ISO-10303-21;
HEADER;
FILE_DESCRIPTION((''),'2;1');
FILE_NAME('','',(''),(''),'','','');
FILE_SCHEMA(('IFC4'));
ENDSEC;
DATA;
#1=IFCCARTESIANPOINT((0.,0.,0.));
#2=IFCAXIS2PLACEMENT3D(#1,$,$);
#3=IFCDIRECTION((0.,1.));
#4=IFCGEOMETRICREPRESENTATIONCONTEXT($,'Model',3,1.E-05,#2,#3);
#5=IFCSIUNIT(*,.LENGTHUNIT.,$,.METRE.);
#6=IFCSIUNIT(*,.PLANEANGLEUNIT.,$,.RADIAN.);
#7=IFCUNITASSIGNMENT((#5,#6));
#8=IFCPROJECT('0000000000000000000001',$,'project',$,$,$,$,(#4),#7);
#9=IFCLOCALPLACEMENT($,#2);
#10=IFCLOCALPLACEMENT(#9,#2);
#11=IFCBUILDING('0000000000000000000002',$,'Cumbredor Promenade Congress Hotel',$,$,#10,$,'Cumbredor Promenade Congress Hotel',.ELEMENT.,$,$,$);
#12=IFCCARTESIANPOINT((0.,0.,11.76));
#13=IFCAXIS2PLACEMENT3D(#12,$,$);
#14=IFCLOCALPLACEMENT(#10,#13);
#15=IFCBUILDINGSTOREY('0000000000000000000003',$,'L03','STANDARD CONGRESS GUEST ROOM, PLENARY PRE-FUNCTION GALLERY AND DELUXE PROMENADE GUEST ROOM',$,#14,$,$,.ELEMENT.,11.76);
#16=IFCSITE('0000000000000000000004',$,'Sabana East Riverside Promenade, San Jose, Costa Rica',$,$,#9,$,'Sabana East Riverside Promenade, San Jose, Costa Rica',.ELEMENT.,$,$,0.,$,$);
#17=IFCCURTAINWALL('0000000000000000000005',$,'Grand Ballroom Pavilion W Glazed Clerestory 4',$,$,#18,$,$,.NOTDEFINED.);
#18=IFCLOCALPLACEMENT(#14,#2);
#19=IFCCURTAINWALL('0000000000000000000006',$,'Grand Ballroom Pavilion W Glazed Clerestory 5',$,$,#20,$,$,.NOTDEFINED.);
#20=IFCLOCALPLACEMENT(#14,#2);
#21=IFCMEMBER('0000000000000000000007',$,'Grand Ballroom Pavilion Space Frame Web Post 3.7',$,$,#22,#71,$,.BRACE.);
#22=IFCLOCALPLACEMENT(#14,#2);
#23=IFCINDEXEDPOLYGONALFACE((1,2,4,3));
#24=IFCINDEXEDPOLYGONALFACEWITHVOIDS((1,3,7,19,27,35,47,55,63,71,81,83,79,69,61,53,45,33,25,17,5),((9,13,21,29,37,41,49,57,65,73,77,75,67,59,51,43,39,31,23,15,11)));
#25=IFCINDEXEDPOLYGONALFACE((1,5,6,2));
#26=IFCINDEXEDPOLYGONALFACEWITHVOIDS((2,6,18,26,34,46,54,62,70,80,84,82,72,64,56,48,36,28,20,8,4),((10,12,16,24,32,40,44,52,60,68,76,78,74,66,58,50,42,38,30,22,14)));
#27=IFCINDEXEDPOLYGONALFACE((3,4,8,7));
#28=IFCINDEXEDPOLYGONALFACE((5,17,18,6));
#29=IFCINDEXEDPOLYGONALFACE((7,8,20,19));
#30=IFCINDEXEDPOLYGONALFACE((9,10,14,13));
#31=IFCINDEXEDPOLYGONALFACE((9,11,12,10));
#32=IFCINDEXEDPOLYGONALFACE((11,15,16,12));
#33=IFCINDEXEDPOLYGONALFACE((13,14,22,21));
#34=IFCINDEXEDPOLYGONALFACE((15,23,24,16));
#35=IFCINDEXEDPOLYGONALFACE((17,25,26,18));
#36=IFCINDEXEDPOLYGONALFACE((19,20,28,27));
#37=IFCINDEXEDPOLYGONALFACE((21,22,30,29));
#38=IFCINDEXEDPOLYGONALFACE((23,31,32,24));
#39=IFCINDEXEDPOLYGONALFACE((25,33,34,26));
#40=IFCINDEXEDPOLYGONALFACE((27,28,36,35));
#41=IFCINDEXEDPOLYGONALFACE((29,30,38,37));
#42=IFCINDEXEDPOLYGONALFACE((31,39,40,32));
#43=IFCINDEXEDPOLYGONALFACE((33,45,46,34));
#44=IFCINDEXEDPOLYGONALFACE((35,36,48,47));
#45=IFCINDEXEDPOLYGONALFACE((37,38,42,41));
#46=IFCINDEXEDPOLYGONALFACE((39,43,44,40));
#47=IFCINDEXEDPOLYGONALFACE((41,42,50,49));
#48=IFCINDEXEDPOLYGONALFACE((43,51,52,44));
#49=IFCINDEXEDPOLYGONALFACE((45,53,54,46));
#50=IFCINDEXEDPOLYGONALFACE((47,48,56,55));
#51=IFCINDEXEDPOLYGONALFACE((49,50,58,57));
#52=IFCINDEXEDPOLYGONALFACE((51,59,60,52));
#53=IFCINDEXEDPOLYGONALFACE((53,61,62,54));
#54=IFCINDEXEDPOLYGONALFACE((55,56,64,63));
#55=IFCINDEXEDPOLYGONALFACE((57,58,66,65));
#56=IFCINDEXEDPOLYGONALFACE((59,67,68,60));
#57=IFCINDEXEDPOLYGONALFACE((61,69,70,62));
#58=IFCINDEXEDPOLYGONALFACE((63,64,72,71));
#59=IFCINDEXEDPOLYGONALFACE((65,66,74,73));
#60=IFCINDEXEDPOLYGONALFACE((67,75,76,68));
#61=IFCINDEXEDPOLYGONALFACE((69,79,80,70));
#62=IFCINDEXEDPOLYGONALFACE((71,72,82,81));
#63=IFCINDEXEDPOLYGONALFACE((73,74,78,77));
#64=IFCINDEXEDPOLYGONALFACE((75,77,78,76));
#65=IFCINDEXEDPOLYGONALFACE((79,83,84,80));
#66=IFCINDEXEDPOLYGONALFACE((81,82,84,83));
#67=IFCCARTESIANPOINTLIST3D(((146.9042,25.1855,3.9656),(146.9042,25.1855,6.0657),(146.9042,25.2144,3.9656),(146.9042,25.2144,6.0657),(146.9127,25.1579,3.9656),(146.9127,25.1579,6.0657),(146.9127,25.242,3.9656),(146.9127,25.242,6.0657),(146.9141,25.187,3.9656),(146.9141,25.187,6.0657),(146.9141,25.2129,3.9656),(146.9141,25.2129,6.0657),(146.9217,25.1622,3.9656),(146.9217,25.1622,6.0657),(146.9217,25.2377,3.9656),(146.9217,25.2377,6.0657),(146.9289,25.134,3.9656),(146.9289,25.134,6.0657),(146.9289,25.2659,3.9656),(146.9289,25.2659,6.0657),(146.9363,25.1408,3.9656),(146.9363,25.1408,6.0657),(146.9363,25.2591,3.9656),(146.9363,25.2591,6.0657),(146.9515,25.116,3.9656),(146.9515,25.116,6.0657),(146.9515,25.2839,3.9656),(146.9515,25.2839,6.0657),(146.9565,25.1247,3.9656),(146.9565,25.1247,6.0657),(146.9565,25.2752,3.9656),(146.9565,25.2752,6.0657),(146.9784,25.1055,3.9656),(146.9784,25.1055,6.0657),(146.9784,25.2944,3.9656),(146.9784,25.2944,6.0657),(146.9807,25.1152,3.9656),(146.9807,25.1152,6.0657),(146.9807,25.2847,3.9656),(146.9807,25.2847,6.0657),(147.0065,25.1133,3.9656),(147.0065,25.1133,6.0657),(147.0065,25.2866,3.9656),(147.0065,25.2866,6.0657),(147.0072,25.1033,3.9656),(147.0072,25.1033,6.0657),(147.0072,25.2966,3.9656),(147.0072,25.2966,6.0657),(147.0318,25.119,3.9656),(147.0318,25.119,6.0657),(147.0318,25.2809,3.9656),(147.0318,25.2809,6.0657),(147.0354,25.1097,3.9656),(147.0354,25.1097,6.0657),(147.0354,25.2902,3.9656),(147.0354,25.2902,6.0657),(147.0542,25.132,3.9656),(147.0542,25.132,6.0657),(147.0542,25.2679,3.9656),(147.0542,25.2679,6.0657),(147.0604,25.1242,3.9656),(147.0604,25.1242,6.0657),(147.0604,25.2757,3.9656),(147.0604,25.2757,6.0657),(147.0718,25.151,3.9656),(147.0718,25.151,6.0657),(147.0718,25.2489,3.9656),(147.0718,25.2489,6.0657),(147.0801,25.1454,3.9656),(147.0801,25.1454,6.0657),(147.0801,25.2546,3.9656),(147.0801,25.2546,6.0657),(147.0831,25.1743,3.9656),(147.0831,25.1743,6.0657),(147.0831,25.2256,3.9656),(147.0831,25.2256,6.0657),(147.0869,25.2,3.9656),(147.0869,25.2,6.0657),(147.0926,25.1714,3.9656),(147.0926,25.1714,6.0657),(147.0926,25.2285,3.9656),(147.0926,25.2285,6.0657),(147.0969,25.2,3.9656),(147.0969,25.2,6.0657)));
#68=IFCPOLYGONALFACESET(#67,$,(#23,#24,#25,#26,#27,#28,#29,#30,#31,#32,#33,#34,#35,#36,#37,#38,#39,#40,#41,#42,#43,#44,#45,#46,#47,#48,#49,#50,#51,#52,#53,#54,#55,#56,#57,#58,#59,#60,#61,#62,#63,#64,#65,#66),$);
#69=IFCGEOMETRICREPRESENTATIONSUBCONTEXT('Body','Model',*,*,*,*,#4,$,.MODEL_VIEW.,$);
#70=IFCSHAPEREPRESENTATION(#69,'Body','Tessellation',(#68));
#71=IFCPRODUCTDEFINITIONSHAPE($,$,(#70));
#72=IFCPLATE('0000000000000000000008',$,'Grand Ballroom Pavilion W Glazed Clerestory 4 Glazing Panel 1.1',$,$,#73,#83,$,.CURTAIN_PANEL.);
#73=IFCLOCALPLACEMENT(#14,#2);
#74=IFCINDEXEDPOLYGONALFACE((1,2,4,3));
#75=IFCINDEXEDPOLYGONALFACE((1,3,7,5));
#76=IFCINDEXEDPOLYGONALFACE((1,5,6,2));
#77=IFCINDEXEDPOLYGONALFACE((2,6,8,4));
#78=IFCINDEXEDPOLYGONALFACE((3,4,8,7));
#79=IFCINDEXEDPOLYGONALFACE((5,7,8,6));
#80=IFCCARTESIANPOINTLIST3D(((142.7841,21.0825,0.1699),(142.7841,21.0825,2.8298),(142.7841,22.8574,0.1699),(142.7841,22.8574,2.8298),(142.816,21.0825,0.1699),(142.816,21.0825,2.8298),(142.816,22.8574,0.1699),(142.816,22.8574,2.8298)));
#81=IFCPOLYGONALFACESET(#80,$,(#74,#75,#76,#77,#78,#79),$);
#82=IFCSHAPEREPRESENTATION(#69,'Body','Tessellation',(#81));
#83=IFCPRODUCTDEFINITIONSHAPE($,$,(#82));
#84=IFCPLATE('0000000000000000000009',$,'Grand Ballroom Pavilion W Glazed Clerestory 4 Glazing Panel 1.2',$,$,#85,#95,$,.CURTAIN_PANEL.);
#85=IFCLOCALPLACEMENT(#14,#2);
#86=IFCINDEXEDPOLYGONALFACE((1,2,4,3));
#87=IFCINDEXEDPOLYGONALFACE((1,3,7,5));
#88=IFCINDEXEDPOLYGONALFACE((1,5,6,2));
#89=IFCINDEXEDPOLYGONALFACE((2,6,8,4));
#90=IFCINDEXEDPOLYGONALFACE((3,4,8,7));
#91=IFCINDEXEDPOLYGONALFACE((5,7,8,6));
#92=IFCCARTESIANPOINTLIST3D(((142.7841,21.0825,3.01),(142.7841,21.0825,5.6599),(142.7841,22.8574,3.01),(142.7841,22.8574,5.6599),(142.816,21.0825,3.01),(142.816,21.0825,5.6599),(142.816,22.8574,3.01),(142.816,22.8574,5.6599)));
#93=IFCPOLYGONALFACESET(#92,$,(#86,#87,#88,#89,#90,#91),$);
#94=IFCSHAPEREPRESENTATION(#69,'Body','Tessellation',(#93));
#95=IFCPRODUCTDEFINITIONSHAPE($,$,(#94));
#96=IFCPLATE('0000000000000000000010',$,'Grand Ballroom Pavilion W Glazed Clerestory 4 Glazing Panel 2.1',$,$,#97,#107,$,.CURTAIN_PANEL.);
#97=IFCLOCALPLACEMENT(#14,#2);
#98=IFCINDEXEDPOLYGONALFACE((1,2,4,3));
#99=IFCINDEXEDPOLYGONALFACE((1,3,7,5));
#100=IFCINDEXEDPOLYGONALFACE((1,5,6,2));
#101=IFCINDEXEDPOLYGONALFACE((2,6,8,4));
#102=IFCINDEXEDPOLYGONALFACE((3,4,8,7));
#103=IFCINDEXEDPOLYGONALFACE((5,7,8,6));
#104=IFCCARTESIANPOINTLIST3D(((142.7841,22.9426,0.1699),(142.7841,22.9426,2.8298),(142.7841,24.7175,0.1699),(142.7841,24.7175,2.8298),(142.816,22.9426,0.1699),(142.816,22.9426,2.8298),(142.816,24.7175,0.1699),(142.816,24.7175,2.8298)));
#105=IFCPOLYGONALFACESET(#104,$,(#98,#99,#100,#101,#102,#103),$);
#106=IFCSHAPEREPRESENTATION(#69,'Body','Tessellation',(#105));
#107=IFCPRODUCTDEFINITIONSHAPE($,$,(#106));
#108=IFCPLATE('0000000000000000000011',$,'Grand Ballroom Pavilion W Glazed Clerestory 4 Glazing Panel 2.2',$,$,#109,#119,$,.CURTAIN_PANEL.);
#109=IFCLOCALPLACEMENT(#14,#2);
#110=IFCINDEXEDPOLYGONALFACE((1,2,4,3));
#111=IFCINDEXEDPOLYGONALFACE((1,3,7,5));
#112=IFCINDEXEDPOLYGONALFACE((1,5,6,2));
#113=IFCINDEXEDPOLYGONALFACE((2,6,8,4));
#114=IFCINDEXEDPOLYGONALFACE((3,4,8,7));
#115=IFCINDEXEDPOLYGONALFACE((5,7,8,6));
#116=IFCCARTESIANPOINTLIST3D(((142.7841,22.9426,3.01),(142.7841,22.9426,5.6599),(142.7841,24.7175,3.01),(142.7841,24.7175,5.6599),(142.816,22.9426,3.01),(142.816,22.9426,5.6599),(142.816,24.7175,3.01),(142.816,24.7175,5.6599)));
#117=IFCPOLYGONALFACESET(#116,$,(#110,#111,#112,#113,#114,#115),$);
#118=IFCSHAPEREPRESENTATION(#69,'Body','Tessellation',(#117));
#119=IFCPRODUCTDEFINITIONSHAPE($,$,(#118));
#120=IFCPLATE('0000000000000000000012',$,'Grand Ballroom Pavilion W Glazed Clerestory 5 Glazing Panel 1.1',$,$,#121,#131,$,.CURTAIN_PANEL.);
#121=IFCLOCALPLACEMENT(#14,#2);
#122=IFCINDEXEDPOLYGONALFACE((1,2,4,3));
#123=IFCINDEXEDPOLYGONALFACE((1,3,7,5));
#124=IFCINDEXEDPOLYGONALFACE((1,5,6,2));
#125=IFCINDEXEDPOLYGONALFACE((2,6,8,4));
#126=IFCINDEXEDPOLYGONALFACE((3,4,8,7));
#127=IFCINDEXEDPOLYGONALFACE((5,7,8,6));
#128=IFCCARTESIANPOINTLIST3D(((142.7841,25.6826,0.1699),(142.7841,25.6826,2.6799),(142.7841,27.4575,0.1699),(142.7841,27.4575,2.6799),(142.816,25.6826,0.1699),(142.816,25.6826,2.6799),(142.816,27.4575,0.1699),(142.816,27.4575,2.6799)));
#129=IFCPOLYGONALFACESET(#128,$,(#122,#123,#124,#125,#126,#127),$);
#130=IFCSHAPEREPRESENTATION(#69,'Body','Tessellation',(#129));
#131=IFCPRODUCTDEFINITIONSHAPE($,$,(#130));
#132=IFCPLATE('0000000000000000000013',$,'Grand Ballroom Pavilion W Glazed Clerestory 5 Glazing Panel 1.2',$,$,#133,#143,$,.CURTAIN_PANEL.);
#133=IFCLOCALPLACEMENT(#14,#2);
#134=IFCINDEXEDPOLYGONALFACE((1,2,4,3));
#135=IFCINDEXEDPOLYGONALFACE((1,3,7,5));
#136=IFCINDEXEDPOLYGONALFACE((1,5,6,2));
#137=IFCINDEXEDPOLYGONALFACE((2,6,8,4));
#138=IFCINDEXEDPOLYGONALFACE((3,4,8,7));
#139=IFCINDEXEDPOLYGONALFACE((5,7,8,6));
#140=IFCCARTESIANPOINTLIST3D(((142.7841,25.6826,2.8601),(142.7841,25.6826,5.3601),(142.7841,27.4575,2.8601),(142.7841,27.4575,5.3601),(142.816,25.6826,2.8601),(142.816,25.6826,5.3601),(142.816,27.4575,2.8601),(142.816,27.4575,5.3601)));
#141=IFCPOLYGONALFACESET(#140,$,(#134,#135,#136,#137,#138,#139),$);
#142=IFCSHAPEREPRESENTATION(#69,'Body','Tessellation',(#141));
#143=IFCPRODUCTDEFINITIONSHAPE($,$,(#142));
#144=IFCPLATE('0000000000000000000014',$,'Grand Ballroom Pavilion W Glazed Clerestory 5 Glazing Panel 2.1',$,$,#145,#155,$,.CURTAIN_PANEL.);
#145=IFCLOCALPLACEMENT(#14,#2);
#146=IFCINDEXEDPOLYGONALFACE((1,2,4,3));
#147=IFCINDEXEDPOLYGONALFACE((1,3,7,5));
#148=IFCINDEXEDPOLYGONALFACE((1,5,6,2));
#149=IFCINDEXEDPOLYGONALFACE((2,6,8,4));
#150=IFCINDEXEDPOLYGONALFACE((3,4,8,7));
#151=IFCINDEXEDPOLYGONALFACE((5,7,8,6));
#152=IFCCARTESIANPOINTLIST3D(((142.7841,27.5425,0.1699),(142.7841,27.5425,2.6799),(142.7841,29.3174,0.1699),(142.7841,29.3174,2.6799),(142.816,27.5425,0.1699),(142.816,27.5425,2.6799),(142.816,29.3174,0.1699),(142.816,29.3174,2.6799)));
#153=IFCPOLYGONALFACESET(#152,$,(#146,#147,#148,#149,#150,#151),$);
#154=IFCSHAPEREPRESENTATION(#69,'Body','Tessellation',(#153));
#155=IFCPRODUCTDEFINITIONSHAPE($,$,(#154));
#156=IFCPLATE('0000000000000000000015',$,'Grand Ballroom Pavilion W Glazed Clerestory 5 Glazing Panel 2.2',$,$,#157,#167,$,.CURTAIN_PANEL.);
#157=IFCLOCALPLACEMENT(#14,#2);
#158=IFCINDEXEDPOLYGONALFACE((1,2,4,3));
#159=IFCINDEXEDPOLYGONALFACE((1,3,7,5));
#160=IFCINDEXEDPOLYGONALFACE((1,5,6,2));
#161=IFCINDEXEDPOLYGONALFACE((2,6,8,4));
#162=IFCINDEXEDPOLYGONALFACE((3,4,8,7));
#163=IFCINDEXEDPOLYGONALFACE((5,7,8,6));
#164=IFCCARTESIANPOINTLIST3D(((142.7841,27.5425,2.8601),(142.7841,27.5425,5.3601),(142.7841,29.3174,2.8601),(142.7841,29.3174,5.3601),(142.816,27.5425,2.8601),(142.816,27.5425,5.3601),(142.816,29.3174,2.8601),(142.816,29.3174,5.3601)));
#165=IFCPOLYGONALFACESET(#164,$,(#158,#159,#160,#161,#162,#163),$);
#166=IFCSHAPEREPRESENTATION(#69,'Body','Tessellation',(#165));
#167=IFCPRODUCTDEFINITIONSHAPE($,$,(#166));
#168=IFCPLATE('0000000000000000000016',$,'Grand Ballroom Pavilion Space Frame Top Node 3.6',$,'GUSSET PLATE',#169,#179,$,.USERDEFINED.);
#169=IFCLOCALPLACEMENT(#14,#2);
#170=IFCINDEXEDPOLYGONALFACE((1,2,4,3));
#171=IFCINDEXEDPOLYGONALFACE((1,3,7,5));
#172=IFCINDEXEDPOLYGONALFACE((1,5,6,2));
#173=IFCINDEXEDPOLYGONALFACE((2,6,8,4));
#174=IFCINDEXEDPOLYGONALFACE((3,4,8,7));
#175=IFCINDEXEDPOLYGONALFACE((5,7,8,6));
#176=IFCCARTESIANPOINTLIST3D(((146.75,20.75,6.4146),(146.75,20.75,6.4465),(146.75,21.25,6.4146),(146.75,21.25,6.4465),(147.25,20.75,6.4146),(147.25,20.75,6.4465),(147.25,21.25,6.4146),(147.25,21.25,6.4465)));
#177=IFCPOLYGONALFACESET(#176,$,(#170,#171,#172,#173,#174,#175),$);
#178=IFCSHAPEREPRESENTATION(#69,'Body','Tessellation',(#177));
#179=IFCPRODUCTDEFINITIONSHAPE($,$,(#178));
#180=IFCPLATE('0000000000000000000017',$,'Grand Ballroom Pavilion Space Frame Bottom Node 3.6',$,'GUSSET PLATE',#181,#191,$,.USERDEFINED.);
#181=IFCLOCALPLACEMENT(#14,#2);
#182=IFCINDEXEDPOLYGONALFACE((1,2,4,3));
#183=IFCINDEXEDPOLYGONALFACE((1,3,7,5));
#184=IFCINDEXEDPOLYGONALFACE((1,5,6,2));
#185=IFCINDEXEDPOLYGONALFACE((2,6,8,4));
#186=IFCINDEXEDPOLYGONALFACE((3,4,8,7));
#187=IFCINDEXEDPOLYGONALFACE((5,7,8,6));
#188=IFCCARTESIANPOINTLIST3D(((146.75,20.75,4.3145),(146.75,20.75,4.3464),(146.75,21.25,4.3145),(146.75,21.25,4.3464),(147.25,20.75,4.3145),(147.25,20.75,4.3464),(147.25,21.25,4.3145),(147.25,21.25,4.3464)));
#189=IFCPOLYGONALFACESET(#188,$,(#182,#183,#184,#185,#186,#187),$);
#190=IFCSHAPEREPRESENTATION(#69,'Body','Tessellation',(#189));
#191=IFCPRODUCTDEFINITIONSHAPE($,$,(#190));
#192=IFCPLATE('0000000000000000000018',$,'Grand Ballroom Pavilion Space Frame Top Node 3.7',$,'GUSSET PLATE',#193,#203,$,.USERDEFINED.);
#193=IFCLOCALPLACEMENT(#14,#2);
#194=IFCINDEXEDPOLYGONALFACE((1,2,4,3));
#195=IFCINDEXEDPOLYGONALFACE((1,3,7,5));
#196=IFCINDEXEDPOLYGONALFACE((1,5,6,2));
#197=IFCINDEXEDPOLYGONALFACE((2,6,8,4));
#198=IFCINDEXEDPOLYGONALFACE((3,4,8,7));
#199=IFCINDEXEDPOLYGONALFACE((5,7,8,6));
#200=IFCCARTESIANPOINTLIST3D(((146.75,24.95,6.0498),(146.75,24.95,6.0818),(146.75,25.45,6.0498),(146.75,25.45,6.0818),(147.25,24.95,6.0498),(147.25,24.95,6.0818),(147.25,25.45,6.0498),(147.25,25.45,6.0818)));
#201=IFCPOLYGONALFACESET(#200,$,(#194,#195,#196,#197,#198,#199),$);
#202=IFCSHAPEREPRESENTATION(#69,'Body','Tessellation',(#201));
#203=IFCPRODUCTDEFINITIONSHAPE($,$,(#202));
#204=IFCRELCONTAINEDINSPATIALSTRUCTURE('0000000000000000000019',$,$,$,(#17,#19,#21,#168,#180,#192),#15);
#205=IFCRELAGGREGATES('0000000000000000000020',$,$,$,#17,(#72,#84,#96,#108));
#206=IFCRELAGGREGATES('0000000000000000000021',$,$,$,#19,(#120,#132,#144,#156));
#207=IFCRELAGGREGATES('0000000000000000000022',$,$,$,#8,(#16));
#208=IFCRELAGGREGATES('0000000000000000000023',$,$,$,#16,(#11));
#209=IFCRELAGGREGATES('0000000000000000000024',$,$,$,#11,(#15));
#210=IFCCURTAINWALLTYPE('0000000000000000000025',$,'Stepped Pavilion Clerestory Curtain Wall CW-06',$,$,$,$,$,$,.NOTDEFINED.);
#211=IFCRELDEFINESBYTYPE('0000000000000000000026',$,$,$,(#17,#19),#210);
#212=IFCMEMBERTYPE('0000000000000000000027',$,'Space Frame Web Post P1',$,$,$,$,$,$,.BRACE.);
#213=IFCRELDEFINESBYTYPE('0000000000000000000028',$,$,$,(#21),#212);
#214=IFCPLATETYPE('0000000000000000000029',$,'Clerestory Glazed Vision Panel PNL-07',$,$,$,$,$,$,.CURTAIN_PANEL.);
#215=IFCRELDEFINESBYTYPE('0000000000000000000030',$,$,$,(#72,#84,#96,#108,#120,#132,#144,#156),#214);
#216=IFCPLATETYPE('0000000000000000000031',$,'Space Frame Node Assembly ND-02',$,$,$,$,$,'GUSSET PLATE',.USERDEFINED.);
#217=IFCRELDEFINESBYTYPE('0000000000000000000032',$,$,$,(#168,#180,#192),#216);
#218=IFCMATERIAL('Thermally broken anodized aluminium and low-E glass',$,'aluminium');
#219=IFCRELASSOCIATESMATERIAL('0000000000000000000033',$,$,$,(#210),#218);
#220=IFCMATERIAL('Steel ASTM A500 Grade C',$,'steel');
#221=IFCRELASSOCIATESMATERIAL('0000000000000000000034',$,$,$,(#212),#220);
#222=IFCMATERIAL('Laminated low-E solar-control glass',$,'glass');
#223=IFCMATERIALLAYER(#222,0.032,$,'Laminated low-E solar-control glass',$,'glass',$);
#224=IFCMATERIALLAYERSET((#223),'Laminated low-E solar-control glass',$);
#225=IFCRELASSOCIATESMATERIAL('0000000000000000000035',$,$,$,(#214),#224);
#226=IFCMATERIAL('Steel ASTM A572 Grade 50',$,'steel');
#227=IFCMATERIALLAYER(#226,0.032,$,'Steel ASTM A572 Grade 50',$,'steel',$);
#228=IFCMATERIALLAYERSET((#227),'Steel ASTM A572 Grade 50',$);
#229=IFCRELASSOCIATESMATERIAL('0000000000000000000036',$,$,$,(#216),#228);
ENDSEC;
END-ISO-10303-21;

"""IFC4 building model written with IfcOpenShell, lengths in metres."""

from ifc_helpers import new_model, si_unit, direction, frame, origin, origin_2d, place, context, subcontext, project, spatial, rectangle, hollow_circle, extrude, material, layer, layer_set, material_profile, profile_set, type_object, element, aggregate, save


model = new_model("IFC4")

# Units and contexts
model_context = context("Model", 3, precision=1e-05, world=origin(), true_north=direction((0.0, 1.0)))
body_context = subcontext(model_context, "Body", "Model", "MODEL_VIEW")
ifc_project = project(units=[si_unit("LENGTHUNIT", "METRE"), si_unit("PLANEANGLEUNIT", "RADIAN")], contexts=[model_context])

# Site, building, storey
site_placement = place(None, origin())
site = spatial("IfcSite", under=ifc_project, at=site_placement, Name="Sabana East Riverside Promenade, San Jose, Costa Rica", LongName="Sabana East Riverside Promenade, San Jose, Costa Rica", CompositionType="ELEMENT", RefElevation=0.0)
building_placement = place(site_placement, origin())
building = spatial("IfcBuilding", under=site, at=building_placement, Name="Cumbredor Promenade Congress Hotel", LongName="Cumbredor Promenade Congress Hotel", CompositionType="ELEMENT")
storey_placement = place(building_placement, frame((0.0, 0.0, 11.76)))
storey = spatial("IfcBuildingStorey", under=building, at=storey_placement, Name="L03", Description="STANDARD CONGRESS GUEST ROOM, PLENARY PRE-FUNCTION GALLERY AND DELUXE PROMENADE GUEST ROOM", CompositionType="ELEMENT", Elevation=11.76)

# Shared definitions
ifc_material_1 = material(Name="Steel ASTM A500 Grade C", Category="steel")

# Curtain wall
ifc_material_2 = material(Name="Thermally broken anodized aluminium and low-E glass", Category="aluminium")
curtain_wall_type = type_object("IfcCurtainWallType", Name="Stepped Pavilion Clerestory Curtain Wall CW-06", PredefinedType="NOTDEFINED", material=ifc_material_2)
curtain_wall_1_placement = place(storey_placement, origin())
curtain_wall_1 = element("IfcCurtainWall", 1, at=curtain_wall_1_placement, inside=storey, type_object=curtain_wall_type, Name="Grand Ballroom Pavilion W Glazed Clerestory 4", PredefinedType="NOTDEFINED")

# Curtain wall
curtain_wall_2_placement = place(storey_placement, origin())
curtain_wall_2 = element("IfcCurtainWall", 2, at=curtain_wall_2_placement, inside=storey, type_object=curtain_wall_type, Name="Grand Ballroom Pavilion W Glazed Clerestory 5", PredefinedType="NOTDEFINED")

# Member
ifc_material_profile_1 = material_profile(ifc_material_1, hollow_circle(Radius=0.0969, WallThickness=0.01, at=origin_2d()), Name="CHS 193.7x10")
ifc_profile_set_1 = profile_set([ifc_material_profile_1], Name="Steel ASTM A500 Grade C")
member_type_1 = type_object("IfcMemberType", Name="Space Frame Web Post P1", PredefinedType="BRACE", material=ifc_profile_set_1)
for number, where, z_axis, x_axis, name in (
    (3, (147.0, 25.2, 3.9656), (0.0, 0.0, 1.0), (1.0, 0.0, 0.0), "Grand Ballroom Pavilion Space Frame Web Post 3.7"),
):
    element("IfcMember", number, at=place(storey_placement, frame(where, z_axis=z_axis, x_axis=x_axis)), inside=storey, type_object=member_type_1, Name=name, PredefinedType="BRACE", context=body_context, shape_type="SweptSolid", body=[
        extrude(hollow_circle(Radius=0.0969, WallThickness=0.01, at=origin_2d()), origin(), (0.0, 0.0, 1.0), 2.1001),
    ])

# Plates
ifc_material_3 = material(Name="Laminated low-E solar-control glass", Category="glass")
ifc_layer_1 = layer(ifc_material_3, 0.032, Name="Laminated low-E solar-control glass", Category="glass")
ifc_layer_set_1 = layer_set([ifc_layer_1], Name="Laminated low-E solar-control glass")
plate_type_1 = type_object("IfcPlateType", Name="Clerestory Glazed Vision Panel PNL-07", PredefinedType="CURTAIN_PANEL", material=ifc_layer_set_1)
plate_1_placement = place(storey_placement, frame((142.8, 21.97, 0.1699), z_axis=(0.0, 0.0, 1.0), x_axis=(0.0, 1.0, 0.0)))
plate_1 = element("IfcPlate", 4, at=plate_1_placement, type_object=plate_type_1, Name="Grand Ballroom Pavilion W Glazed Clerestory 4 Glazing Panel 1.1", PredefinedType="CURTAIN_PANEL", context=body_context, shape_type="SweptSolid", body=[
    extrude(rectangle(XDim=1.7749, YDim=0.032, at=origin_2d()), origin(), (0.0, 0.0, 1.0), 2.6599),
])
plate_2_placement = place(storey_placement, frame((142.8, 21.97, 3.01), z_axis=(0.0, 0.0, 1.0), x_axis=(0.0, 1.0, 0.0)))
plate_2 = element("IfcPlate", 5, at=plate_2_placement, type_object=plate_type_1, Name="Grand Ballroom Pavilion W Glazed Clerestory 4 Glazing Panel 1.2", PredefinedType="CURTAIN_PANEL", context=body_context, shape_type="SweptSolid", body=[
    extrude(rectangle(XDim=1.7749, YDim=0.032, at=origin_2d()), origin(), (0.0, 0.0, 1.0), 2.6499),
])
plate_3_placement = place(storey_placement, frame((142.8, 23.8301, 0.1699), z_axis=(0.0, 0.0, 1.0), x_axis=(0.0, 1.0, 0.0)))
plate_3 = element("IfcPlate", 6, at=plate_3_placement, type_object=plate_type_1, Name="Grand Ballroom Pavilion W Glazed Clerestory 4 Glazing Panel 2.1", PredefinedType="CURTAIN_PANEL", context=body_context, shape_type="SweptSolid", body=[
    extrude(rectangle(XDim=1.7749, YDim=0.032, at=origin_2d()), origin(), (0.0, 0.0, 1.0), 2.6599),
])
plate_4_placement = place(storey_placement, frame((142.8, 23.8301, 3.01), z_axis=(0.0, 0.0, 1.0), x_axis=(0.0, 1.0, 0.0)))
plate_4 = element("IfcPlate", 7, at=plate_4_placement, type_object=plate_type_1, Name="Grand Ballroom Pavilion W Glazed Clerestory 4 Glazing Panel 2.2", PredefinedType="CURTAIN_PANEL", context=body_context, shape_type="SweptSolid", body=[
    extrude(rectangle(XDim=1.7749, YDim=0.032, at=origin_2d()), origin(), (0.0, 0.0, 1.0), 2.6499),
])
aggregate(curtain_wall_1, [plate_1, plate_2, plate_3, plate_4])
plate_5_placement = place(storey_placement, frame((142.8, 26.5701, 0.1699), z_axis=(0.0, 0.0, 1.0), x_axis=(0.0, 1.0, 0.0)))
plate_5 = element("IfcPlate", 8, at=plate_5_placement, type_object=plate_type_1, Name="Grand Ballroom Pavilion W Glazed Clerestory 5 Glazing Panel 1.1", PredefinedType="CURTAIN_PANEL", context=body_context, shape_type="SweptSolid", body=[
    extrude(rectangle(XDim=1.7749, YDim=0.032, at=origin_2d()), origin(), (0.0, 0.0, 1.0), 2.51),
])
plate_6_placement = place(storey_placement, frame((142.8, 26.5701, 2.8601), z_axis=(0.0, 0.0, 1.0), x_axis=(0.0, 1.0, 0.0)))
plate_6 = element("IfcPlate", 9, at=plate_6_placement, type_object=plate_type_1, Name="Grand Ballroom Pavilion W Glazed Clerestory 5 Glazing Panel 1.2", PredefinedType="CURTAIN_PANEL", context=body_context, shape_type="SweptSolid", body=[
    extrude(rectangle(XDim=1.7749, YDim=0.032, at=origin_2d()), origin(), (0.0, 0.0, 1.0), 2.5),
])
plate_7_placement = place(storey_placement, frame((142.8, 28.4299, 0.1699), z_axis=(0.0, 0.0, 1.0), x_axis=(0.0, 1.0, 0.0)))
plate_7 = element("IfcPlate", 10, at=plate_7_placement, type_object=plate_type_1, Name="Grand Ballroom Pavilion W Glazed Clerestory 5 Glazing Panel 2.1", PredefinedType="CURTAIN_PANEL", context=body_context, shape_type="SweptSolid", body=[
    extrude(rectangle(XDim=1.7749, YDim=0.032, at=origin_2d()), origin(), (0.0, 0.0, 1.0), 2.51),
])
plate_8_placement = place(storey_placement, frame((142.8, 28.4299, 2.8601), z_axis=(0.0, 0.0, 1.0), x_axis=(0.0, 1.0, 0.0)))
plate_8 = element("IfcPlate", 11, at=plate_8_placement, type_object=plate_type_1, Name="Grand Ballroom Pavilion W Glazed Clerestory 5 Glazing Panel 2.2", PredefinedType="CURTAIN_PANEL", context=body_context, shape_type="SweptSolid", body=[
    extrude(rectangle(XDim=1.7749, YDim=0.032, at=origin_2d()), origin(), (0.0, 0.0, 1.0), 2.5),
])
aggregate(curtain_wall_2, [plate_5, plate_6, plate_7, plate_8])

# Plates
ifc_material_4 = material(Name="Steel ASTM A572 Grade 50", Category="steel")
ifc_layer_2 = layer(ifc_material_4, 0.032, Name="Steel ASTM A572 Grade 50", Category="steel")
ifc_layer_set_2 = layer_set([ifc_layer_2], Name="Steel ASTM A572 Grade 50")
plate_type_2 = type_object("IfcPlateType", Name="Space Frame Node Assembly ND-02", ElementType="GUSSET PLATE", PredefinedType="USERDEFINED", material=ifc_layer_set_2)
for number, where, z_axis, x_axis, name in (
    (12, (147.0, 21.0, 6.4146), (0.0, 0.0, 1.0), (1.0, 0.0, 0.0), "Grand Ballroom Pavilion Space Frame Top Node 3.6"),
    (13, (147.0, 21.0, 4.3145), (0.0, 0.0, 1.0), (1.0, 0.0, 0.0), "Grand Ballroom Pavilion Space Frame Bottom Node 3.6"),
    (14, (147.0, 25.2, 6.0498), (0.0, 0.0, 1.0), (1.0, 0.0, 0.0), "Grand Ballroom Pavilion Space Frame Top Node 3.7"),
):
    element("IfcPlate", number, at=place(storey_placement, frame(where, z_axis=z_axis, x_axis=x_axis)), inside=storey, type_object=plate_type_2, Name=name, ObjectType="GUSSET PLATE", PredefinedType="USERDEFINED", context=body_context, shape_type="SweptSolid", body=[
        extrude(rectangle(XDim=0.5, YDim=0.5, at=origin_2d()), origin(), (0.0, 0.0, 1.0), 0.032),
    ])

save(model, "model.ifc")
